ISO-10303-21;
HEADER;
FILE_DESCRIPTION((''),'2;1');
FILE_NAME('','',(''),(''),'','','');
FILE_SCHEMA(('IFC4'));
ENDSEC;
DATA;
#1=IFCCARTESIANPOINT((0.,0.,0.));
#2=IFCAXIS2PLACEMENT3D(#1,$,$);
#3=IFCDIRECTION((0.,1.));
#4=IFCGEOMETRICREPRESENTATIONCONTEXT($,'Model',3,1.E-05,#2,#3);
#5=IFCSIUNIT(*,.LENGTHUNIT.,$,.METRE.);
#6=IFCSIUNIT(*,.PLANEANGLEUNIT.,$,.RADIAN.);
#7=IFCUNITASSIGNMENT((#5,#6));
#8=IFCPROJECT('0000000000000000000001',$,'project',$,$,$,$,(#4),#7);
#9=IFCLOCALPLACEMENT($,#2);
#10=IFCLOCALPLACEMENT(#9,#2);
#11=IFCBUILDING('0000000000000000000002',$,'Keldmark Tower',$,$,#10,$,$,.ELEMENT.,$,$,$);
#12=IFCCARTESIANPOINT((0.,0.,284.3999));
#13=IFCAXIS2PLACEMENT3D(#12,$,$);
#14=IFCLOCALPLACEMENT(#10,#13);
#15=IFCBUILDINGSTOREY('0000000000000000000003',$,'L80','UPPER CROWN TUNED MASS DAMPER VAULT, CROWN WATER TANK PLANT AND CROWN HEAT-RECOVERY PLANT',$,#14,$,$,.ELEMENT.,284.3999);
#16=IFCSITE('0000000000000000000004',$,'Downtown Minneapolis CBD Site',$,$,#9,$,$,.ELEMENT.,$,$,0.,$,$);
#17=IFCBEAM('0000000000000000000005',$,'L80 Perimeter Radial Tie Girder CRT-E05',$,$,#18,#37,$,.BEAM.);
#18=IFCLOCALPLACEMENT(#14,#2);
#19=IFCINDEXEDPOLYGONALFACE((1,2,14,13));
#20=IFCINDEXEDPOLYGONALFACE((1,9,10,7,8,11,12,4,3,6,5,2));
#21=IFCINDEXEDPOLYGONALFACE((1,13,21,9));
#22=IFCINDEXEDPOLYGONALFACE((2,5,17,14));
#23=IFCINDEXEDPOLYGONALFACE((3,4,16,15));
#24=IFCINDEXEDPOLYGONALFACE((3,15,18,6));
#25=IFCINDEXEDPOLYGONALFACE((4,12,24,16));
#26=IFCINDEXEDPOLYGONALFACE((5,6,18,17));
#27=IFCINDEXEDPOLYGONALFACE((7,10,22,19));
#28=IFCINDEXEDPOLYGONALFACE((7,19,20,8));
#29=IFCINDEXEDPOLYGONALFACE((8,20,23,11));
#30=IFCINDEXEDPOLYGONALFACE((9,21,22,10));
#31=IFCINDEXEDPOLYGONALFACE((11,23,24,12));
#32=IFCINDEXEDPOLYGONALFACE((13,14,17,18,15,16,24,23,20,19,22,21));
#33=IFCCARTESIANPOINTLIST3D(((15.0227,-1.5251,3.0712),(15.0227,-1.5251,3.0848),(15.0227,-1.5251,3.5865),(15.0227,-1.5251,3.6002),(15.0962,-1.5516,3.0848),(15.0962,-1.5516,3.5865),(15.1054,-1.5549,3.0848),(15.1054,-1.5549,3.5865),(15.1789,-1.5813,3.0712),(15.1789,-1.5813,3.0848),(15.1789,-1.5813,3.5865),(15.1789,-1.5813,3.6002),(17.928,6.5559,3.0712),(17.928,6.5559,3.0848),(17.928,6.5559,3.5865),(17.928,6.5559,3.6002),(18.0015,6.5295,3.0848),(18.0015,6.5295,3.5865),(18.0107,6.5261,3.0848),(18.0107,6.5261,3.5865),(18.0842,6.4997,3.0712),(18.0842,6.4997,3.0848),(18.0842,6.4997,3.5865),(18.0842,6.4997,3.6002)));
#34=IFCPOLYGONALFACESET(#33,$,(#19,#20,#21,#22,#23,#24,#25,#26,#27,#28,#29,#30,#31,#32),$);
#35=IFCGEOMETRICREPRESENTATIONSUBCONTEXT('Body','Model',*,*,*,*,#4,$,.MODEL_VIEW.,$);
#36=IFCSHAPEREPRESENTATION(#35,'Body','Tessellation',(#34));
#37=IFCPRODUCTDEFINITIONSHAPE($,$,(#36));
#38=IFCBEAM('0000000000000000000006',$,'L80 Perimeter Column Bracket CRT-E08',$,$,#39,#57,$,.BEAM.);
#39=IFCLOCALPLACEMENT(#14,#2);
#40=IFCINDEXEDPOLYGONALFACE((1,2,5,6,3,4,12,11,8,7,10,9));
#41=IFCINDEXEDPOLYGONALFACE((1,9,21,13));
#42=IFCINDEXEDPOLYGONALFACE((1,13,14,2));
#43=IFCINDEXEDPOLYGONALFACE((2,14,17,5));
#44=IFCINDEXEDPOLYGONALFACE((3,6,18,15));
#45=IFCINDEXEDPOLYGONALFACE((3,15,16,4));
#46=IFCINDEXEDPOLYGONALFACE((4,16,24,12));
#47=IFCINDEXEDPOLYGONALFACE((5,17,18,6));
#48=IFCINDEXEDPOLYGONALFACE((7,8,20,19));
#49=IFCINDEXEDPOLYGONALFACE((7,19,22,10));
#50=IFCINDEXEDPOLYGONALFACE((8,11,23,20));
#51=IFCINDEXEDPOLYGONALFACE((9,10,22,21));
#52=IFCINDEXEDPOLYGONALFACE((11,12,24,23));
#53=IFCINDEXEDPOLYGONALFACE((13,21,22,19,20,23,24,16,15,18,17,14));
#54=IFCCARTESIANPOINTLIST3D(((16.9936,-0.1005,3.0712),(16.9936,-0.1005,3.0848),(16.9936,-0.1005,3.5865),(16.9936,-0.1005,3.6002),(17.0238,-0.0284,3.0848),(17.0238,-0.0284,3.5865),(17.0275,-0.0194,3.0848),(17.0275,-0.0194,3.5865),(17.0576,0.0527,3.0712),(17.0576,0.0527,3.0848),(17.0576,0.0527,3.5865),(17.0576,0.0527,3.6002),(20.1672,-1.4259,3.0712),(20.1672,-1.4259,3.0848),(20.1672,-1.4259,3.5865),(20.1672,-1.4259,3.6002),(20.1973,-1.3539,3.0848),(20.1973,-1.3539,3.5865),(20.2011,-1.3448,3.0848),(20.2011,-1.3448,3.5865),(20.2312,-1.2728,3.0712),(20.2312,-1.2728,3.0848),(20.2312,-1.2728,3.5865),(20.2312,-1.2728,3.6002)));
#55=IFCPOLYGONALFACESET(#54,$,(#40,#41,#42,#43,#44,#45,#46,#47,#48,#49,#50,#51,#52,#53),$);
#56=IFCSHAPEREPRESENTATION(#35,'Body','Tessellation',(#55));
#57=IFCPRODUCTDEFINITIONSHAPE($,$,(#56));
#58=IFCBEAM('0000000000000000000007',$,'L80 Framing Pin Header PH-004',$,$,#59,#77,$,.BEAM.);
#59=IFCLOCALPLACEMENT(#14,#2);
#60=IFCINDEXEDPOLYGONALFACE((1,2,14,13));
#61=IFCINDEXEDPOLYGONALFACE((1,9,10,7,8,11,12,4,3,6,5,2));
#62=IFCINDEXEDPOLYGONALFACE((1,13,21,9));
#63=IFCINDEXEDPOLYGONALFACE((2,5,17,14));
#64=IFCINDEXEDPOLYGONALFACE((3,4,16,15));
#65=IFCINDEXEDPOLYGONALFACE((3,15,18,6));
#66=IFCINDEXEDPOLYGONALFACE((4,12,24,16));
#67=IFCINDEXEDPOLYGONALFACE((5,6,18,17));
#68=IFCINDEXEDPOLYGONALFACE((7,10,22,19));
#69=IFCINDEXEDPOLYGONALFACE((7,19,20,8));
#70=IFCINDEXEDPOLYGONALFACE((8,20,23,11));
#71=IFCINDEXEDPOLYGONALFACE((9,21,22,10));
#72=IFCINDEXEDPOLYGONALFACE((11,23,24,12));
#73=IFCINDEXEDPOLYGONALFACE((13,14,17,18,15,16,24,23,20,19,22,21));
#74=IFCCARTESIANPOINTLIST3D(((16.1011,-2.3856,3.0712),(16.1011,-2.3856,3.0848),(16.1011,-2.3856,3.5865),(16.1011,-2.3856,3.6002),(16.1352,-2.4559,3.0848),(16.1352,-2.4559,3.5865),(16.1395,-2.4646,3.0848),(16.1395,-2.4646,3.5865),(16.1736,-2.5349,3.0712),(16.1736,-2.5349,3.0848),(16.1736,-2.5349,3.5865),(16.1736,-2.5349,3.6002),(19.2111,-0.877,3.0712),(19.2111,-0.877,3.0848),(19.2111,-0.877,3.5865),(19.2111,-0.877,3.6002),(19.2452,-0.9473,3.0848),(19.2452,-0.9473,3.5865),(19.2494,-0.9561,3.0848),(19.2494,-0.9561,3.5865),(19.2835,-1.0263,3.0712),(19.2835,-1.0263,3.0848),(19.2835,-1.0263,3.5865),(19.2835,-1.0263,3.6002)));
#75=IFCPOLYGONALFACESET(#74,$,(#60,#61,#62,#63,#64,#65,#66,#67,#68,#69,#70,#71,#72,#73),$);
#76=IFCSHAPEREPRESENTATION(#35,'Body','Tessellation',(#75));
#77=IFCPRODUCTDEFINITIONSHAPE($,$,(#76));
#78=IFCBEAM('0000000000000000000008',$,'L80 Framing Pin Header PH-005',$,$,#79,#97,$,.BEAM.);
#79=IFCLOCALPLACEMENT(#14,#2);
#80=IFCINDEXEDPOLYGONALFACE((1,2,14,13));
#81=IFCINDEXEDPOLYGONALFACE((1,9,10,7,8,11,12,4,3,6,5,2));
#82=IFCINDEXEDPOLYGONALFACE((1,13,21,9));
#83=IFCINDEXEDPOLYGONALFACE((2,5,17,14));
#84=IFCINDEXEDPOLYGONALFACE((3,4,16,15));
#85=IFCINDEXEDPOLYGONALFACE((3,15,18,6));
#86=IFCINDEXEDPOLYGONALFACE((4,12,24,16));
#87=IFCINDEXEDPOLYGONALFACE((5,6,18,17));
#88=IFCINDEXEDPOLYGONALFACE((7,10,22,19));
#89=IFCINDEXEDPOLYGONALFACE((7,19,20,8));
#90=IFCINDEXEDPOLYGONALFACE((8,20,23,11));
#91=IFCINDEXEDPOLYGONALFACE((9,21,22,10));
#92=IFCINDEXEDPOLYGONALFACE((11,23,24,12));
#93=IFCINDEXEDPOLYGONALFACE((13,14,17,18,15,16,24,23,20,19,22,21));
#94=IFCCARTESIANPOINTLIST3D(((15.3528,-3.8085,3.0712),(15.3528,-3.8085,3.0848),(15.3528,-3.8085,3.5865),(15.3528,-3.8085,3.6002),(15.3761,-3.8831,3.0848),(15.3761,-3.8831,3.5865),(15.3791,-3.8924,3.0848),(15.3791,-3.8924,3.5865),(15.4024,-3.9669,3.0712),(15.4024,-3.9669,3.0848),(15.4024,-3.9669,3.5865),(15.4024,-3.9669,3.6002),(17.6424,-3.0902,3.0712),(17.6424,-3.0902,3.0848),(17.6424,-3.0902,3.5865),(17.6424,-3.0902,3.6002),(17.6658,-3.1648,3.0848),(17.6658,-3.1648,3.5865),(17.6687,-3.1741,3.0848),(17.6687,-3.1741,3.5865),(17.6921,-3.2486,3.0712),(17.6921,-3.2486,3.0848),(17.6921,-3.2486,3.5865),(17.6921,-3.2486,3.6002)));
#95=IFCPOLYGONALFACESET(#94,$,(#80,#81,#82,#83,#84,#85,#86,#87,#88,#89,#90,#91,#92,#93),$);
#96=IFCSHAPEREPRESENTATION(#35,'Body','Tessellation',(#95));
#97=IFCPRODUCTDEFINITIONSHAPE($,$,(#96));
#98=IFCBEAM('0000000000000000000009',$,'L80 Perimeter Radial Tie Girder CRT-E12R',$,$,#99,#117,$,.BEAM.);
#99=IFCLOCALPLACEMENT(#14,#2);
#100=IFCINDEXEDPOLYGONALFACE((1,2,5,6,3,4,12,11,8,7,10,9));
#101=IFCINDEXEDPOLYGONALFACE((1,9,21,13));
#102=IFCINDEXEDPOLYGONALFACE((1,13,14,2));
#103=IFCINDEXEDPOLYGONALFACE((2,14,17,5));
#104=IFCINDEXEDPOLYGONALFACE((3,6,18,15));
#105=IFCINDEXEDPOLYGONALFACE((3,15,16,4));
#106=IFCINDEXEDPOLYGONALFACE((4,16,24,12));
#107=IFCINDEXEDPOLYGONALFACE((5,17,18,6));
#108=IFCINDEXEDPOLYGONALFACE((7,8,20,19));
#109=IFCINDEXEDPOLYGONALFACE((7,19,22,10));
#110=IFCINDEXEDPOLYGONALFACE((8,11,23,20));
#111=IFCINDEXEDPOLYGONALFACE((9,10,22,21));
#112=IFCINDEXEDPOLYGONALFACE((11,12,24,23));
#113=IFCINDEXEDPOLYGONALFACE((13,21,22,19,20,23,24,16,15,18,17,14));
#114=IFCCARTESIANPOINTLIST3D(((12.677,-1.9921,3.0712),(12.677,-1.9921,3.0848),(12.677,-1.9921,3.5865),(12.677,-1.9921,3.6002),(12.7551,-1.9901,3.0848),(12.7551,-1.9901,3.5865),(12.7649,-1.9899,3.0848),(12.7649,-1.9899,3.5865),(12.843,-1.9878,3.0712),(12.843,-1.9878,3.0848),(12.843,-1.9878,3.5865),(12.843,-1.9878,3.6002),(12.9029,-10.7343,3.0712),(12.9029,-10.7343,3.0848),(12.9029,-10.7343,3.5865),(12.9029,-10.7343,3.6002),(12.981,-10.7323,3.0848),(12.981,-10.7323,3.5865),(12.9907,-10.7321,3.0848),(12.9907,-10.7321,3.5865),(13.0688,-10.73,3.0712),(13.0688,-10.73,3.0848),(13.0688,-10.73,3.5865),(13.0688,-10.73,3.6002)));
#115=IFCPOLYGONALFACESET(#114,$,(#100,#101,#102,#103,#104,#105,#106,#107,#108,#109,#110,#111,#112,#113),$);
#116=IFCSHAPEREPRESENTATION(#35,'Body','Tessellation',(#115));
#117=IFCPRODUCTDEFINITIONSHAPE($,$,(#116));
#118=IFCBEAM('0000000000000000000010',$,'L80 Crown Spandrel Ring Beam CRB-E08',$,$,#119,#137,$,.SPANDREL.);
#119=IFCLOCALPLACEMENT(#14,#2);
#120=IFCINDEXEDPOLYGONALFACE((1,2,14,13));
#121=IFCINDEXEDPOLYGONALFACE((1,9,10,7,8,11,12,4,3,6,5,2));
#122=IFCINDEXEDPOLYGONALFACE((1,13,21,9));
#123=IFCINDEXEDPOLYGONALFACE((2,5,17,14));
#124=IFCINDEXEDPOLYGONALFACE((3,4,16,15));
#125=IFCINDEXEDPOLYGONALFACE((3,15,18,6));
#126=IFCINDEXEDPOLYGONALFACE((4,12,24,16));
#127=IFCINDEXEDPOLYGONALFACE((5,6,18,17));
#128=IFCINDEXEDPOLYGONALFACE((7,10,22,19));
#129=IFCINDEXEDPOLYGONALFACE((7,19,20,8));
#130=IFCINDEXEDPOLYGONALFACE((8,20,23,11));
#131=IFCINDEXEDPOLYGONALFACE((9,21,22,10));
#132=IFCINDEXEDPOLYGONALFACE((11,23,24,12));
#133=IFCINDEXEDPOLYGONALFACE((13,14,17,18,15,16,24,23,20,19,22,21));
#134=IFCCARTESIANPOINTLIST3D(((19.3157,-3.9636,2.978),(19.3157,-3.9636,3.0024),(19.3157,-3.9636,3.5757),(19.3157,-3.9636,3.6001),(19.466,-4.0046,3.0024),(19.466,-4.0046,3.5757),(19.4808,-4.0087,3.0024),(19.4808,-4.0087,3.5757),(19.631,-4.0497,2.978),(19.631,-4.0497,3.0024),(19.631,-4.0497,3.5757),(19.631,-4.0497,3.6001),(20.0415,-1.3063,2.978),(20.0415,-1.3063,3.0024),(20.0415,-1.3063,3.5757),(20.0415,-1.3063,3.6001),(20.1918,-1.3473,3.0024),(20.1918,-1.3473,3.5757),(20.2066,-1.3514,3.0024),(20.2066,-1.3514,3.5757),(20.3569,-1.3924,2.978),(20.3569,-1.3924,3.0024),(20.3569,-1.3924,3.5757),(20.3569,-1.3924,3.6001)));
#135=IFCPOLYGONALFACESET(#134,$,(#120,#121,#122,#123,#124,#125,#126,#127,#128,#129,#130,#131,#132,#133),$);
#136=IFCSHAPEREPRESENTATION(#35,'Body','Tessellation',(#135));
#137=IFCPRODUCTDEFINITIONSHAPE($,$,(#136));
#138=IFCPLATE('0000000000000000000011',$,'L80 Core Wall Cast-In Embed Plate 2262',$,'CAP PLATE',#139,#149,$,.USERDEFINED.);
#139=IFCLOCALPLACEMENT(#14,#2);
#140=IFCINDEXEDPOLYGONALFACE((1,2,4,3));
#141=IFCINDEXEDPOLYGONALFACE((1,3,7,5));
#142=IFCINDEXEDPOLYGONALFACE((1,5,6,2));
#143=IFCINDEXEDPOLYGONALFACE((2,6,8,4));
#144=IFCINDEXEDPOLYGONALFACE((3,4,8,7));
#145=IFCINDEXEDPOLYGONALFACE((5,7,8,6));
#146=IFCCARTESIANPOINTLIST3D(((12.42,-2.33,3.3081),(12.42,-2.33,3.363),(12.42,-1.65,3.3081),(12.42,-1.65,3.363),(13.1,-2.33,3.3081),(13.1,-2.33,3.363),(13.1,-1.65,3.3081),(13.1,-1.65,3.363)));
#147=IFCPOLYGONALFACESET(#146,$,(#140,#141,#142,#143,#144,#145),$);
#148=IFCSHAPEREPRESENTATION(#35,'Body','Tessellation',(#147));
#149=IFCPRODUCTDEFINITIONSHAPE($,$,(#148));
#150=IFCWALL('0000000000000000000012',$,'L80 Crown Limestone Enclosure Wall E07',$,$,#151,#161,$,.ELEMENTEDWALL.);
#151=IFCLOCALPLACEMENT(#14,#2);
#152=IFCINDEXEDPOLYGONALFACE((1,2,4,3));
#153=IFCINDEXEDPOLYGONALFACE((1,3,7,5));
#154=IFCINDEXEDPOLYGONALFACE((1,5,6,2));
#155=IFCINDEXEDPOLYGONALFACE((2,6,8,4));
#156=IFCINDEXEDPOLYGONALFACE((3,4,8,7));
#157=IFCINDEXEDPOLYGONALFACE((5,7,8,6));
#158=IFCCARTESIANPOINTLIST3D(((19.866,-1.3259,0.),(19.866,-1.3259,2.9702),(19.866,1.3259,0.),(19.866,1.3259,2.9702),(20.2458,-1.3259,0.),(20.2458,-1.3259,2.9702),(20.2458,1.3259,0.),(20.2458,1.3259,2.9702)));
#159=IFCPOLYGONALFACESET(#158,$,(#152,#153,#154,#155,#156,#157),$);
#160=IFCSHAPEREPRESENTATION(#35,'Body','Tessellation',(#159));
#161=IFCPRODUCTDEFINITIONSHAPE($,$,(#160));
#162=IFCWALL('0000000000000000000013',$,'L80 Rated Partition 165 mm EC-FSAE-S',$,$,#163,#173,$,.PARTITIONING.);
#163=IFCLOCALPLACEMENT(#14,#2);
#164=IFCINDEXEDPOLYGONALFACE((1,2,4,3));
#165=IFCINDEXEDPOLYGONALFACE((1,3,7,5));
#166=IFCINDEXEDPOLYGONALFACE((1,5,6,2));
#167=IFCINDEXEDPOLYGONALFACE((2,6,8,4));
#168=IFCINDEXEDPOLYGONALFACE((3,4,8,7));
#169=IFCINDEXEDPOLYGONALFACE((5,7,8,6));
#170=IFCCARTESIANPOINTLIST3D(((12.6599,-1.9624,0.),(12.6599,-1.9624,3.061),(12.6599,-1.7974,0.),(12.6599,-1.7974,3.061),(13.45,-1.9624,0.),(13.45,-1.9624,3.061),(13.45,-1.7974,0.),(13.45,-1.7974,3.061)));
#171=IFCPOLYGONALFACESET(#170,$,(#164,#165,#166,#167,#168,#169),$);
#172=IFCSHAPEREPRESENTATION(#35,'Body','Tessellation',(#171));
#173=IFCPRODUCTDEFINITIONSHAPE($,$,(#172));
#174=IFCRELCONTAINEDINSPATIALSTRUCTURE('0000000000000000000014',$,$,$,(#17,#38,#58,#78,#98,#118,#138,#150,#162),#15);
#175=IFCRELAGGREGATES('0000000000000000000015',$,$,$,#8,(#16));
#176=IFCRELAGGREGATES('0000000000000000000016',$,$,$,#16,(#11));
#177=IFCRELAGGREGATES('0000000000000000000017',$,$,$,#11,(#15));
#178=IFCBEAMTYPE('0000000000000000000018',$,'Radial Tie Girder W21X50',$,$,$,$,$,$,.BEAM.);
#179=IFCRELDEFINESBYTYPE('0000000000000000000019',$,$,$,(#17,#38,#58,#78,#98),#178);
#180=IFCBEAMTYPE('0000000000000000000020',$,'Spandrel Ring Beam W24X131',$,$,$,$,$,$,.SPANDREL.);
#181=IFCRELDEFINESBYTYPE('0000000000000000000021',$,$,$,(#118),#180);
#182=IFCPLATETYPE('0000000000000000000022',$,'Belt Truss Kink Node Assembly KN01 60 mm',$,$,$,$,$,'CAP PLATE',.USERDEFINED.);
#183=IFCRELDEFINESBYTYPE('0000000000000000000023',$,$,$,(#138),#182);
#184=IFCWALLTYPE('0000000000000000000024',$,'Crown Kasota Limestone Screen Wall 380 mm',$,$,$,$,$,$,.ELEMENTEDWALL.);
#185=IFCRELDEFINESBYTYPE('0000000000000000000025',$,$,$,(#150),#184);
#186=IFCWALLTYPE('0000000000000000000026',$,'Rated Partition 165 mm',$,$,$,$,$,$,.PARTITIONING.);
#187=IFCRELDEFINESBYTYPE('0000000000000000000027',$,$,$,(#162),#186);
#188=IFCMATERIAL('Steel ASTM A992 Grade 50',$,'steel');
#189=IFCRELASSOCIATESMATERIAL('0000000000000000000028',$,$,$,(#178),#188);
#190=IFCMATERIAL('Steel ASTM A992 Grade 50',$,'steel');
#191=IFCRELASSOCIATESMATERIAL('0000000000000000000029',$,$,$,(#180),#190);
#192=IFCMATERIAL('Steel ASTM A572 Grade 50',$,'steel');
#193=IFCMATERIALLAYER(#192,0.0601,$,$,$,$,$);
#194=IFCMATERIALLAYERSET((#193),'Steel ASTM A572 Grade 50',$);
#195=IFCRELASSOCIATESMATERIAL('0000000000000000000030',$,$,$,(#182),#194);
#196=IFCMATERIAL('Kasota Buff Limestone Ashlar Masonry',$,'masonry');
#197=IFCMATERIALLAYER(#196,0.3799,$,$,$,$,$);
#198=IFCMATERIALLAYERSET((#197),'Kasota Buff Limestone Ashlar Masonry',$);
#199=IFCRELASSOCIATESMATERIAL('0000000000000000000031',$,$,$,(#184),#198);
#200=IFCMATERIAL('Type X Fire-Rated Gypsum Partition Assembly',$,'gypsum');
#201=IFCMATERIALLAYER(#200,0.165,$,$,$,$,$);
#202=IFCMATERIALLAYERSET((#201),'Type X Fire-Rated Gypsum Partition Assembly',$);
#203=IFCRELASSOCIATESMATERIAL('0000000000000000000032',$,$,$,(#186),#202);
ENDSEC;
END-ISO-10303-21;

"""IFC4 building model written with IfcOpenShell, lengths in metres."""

from ifc_helpers import new_model, si_unit, direction, frame, frame_2d, origin, origin_2d, place, context, subcontext, project, spatial, rectangle, i_section, extrude, material, layer, layer_set, material_profile, profile_set, type_object, element, save


model = new_model("IFC4")

# Units and contexts
model_context = context("Model", 3, precision=1e-05, world=origin(), true_north=direction((0.0, 1.0)))
body_context = subcontext(model_context, "Body", "Model", "MODEL_VIEW")
ifc_project = project(units=[si_unit("LENGTHUNIT", "METRE"), si_unit("PLANEANGLEUNIT", "RADIAN")], contexts=[model_context])

# Site, building, storey
site_placement = place(None, origin())
site = spatial("IfcSite", under=ifc_project, at=site_placement, Name="Downtown Minneapolis CBD Site", CompositionType="ELEMENT", RefElevation=0.0)
building_placement = place(site_placement, origin())
building = spatial("IfcBuilding", under=site, at=building_placement, Name="Keldmark Tower", CompositionType="ELEMENT")
storey_placement = place(building_placement, frame((0.0, 0.0, 284.3999)))
storey = spatial("IfcBuildingStorey", under=building, at=storey_placement, Name="L80", Description="UPPER CROWN TUNED MASS DAMPER VAULT, CROWN WATER TANK PLANT AND CROWN HEAT-RECOVERY PLANT", CompositionType="ELEMENT", Elevation=284.3999)

# Beams
ifc_material_1 = material(Name="Steel ASTM A992 Grade 50", Category="steel")
ifc_material_profile_1 = material_profile(ifc_material_1, i_section(OverallWidth=0.166, OverallDepth=0.5291, WebThickness=0.0098, FlangeThickness=0.0137, at=origin_2d()), Name="W21X50")
ifc_profile_set_1 = profile_set([ifc_material_profile_1], Name="Steel ASTM A992 Grade 50")
beam_type_1 = type_object("IfcBeamType", Name="Radial Tie Girder W21X50", PredefinedType="BEAM", material=ifc_profile_set_1)
beam_1_placement = place(storey_placement, frame((15.1008, -1.5532, 3.3357), z_axis=(0.338317, 0.941032, 0.0), x_axis=(-0.941032, 0.338317, 0.0)))
element("IfcBeam", 1, at=beam_1_placement, inside=storey, type_object=beam_type_1, Name="L80 Perimeter Radial Tie Girder CRT-E05", PredefinedType="BEAM", context=body_context, shape_type="SweptSolid", body=[
    extrude(i_section(OverallWidth=0.166, OverallDepth=0.5291, WebThickness=0.0098, FlangeThickness=0.0137, at=origin_2d()), origin(), (0.0, 0.0, 1.0), 8.5874),
])
beam_2_placement = place(storey_placement, frame((17.0256, -0.0239, 3.3357), z_axis=(0.922755, -0.385386, 0.0), x_axis=(0.385386, 0.922755, 0.0)))
element("IfcBeam", 2, at=beam_2_placement, inside=storey, type_object=beam_type_1, Name="L80 Perimeter Column Bracket CRT-E08", PredefinedType="BEAM", context=body_context, shape_type="SweptSolid", body=[
    extrude(i_section(OverallWidth=0.166, OverallDepth=0.5291, WebThickness=0.0098, FlangeThickness=0.0137, at=origin_2d()), origin(), (0.0, 0.0, 1.0), 3.4392),
])
beam_3_placement = place(storey_placement, frame((19.2473, -0.9517, 3.3357), z_axis=(-0.899731, -0.436445, 0.0), x_axis=(0.436445, -0.899731, 0.0)))
element("IfcBeam", 3, at=beam_3_placement, inside=storey, type_object=beam_type_1, Name="L80 Framing Pin Header PH-004", PredefinedType="BEAM", context=body_context, shape_type="SweptSolid", body=[
    extrude(i_section(OverallWidth=0.166, OverallDepth=0.5291, WebThickness=0.0098, FlangeThickness=0.0137, at=origin_2d()), origin(), (0.0, 0.0, 1.0), 3.4565),
])
beam_4_placement = place(storey_placement, frame((17.6672, -3.1694, 3.3357), z_axis=(-0.95415, -0.299329, 0.0), x_axis=(0.299329, -0.95415, 0.0)))
element("IfcBeam", 4, at=beam_4_placement, inside=storey, type_object=beam_type_1, Name="L80 Framing Pin Header PH-005", PredefinedType="BEAM", context=body_context, shape_type="SweptSolid", body=[
    extrude(i_section(OverallWidth=0.166, OverallDepth=0.5291, WebThickness=0.0098, FlangeThickness=0.0137, at=origin_2d()), origin(), (0.0, 0.0, 1.0), 2.3997),
])
beam_5_placement = place(storey_placement, frame((12.76, -1.99, 3.3357), z_axis=(0.025824, -0.999667, 0.0), x_axis=(0.999667, 0.025824, 0.0)))
element("IfcBeam", 5, at=beam_5_placement, inside=storey, type_object=beam_type_1, Name="L80 Perimeter Radial Tie Girder CRT-E12R", PredefinedType="BEAM", context=body_context, shape_type="SweptSolid", body=[
    extrude(i_section(OverallWidth=0.166, OverallDepth=0.5291, WebThickness=0.0098, FlangeThickness=0.0137, at=origin_2d()), origin(), (0.0, 0.0, 1.0), 8.7451),
])
ifc_material_2 = material(Name="Steel ASTM A992 Grade 50", Category="steel")
ifc_material_profile_2 = material_profile(ifc_material_2, i_section(OverallWidth=0.3269, OverallDepth=0.6221, WebThickness=0.0154, FlangeThickness=0.0244, at=origin_2d()), Name="W24X131")
ifc_profile_set_2 = profile_set([ifc_material_profile_2], Name="Steel ASTM A992 Grade 50")
beam_type_2 = type_object("IfcBeamType", Name="Spandrel Ring Beam W24X131", PredefinedType="SPANDREL", material=ifc_profile_set_2)
beam_6_placement = place(storey_placement, frame((20.1992, -1.3494, 3.2891), z_axis=(-0.2635, -0.964659, 0.0), x_axis=(0.964659, -0.2635, 0.0)))
element("IfcBeam", 6, at=beam_6_placement, inside=storey, type_object=beam_type_2, Name="L80 Crown Spandrel Ring Beam CRB-E08", PredefinedType="SPANDREL", context=body_context, shape_type="SweptSolid", body=[
    extrude(i_section(OverallWidth=0.3269, OverallDepth=0.6221, WebThickness=0.0154, FlangeThickness=0.0244, at=origin_2d()), origin(), (0.0, 0.0, 1.0), 2.7546),
])

# Plate
ifc_material_3 = material(Name="Steel ASTM A572 Grade 50", Category="steel")
ifc_layer_1 = layer(ifc_material_3, 0.0601)
ifc_layer_set_1 = layer_set([ifc_layer_1], Name="Steel ASTM A572 Grade 50")
plate_type = type_object("IfcPlateType", Name="Belt Truss Kink Node Assembly KN01 60 mm", ElementType="CAP PLATE", PredefinedType="USERDEFINED", material=ifc_layer_set_1)
plate_placement = place(storey_placement, frame((12.76, -1.99, 3.3081), z_axis=(0.0, 0.0, 1.0), x_axis=(1.0, 0.0, 0.0)))
element("IfcPlate", 7, at=plate_placement, inside=storey, type_object=plate_type, Name="L80 Core Wall Cast-In Embed Plate 2262", ObjectType="CAP PLATE", PredefinedType="USERDEFINED", context=body_context, shape_type="SweptSolid", body=[
    extrude(rectangle(XDim=0.6799, YDim=0.6799, at=origin_2d()), origin(), (0.0, 0.0, 1.0), 0.0549),
])

# Wall
ifc_material_4 = material(Name="Kasota Buff Limestone Ashlar Masonry", Category="masonry")
ifc_layer_2 = layer(ifc_material_4, 0.3799)
ifc_layer_set_2 = layer_set([ifc_layer_2], Name="Kasota Buff Limestone Ashlar Masonry")
wall_type_1 = type_object("IfcWallType", Name="Crown Kasota Limestone Screen Wall 380 mm", PredefinedType="ELEMENTEDWALL", material=ifc_layer_set_2)
wall_1_placement = place(storey_placement, frame((20.0559, -1.3259, 0.0), z_axis=(0.0, 0.0, 1.0), x_axis=(0.0, 1.0, 0.0)))
element("IfcWall", 8, at=wall_1_placement, inside=storey, type_object=wall_type_1, Name="L80 Crown Limestone Enclosure Wall E07", PredefinedType="ELEMENTEDWALL", context=body_context, shape_type="SweptSolid", body=[
    extrude(rectangle(XDim=2.6519, YDim=0.3799, at=frame_2d((1.3259, 0.0))), origin(), (0.0, 0.0, 1.0), 2.9702),
])

# Shared definitions
ifc_material_5 = material(Name="Type X Fire-Rated Gypsum Partition Assembly", Category="gypsum")
ifc_layer_3 = layer(ifc_material_5, 0.165)
ifc_layer_set_3 = layer_set([ifc_layer_3], Name="Type X Fire-Rated Gypsum Partition Assembly")
wall_type_2 = type_object("IfcWallType", Name="Rated Partition 165 mm", PredefinedType="PARTITIONING", material=ifc_layer_set_3)

# Wall
wall_2_placement = place(storey_placement, frame((12.6599, -1.8799, 0.0), z_axis=(0.0, 0.0, 1.0), x_axis=(1.0, 0.0, 0.0)))
element("IfcWall", 9, at=wall_2_placement, inside=storey, type_object=wall_type_2, Name="L80 Rated Partition 165 mm EC-FSAE-S", PredefinedType="PARTITIONING", context=body_context, shape_type="SweptSolid", body=[
    extrude(rectangle(XDim=0.79, YDim=0.165, at=frame_2d((0.395, 0.0))), origin(), (0.0, 0.0, 1.0), 3.061),
])

save(model, "model.ifc")
